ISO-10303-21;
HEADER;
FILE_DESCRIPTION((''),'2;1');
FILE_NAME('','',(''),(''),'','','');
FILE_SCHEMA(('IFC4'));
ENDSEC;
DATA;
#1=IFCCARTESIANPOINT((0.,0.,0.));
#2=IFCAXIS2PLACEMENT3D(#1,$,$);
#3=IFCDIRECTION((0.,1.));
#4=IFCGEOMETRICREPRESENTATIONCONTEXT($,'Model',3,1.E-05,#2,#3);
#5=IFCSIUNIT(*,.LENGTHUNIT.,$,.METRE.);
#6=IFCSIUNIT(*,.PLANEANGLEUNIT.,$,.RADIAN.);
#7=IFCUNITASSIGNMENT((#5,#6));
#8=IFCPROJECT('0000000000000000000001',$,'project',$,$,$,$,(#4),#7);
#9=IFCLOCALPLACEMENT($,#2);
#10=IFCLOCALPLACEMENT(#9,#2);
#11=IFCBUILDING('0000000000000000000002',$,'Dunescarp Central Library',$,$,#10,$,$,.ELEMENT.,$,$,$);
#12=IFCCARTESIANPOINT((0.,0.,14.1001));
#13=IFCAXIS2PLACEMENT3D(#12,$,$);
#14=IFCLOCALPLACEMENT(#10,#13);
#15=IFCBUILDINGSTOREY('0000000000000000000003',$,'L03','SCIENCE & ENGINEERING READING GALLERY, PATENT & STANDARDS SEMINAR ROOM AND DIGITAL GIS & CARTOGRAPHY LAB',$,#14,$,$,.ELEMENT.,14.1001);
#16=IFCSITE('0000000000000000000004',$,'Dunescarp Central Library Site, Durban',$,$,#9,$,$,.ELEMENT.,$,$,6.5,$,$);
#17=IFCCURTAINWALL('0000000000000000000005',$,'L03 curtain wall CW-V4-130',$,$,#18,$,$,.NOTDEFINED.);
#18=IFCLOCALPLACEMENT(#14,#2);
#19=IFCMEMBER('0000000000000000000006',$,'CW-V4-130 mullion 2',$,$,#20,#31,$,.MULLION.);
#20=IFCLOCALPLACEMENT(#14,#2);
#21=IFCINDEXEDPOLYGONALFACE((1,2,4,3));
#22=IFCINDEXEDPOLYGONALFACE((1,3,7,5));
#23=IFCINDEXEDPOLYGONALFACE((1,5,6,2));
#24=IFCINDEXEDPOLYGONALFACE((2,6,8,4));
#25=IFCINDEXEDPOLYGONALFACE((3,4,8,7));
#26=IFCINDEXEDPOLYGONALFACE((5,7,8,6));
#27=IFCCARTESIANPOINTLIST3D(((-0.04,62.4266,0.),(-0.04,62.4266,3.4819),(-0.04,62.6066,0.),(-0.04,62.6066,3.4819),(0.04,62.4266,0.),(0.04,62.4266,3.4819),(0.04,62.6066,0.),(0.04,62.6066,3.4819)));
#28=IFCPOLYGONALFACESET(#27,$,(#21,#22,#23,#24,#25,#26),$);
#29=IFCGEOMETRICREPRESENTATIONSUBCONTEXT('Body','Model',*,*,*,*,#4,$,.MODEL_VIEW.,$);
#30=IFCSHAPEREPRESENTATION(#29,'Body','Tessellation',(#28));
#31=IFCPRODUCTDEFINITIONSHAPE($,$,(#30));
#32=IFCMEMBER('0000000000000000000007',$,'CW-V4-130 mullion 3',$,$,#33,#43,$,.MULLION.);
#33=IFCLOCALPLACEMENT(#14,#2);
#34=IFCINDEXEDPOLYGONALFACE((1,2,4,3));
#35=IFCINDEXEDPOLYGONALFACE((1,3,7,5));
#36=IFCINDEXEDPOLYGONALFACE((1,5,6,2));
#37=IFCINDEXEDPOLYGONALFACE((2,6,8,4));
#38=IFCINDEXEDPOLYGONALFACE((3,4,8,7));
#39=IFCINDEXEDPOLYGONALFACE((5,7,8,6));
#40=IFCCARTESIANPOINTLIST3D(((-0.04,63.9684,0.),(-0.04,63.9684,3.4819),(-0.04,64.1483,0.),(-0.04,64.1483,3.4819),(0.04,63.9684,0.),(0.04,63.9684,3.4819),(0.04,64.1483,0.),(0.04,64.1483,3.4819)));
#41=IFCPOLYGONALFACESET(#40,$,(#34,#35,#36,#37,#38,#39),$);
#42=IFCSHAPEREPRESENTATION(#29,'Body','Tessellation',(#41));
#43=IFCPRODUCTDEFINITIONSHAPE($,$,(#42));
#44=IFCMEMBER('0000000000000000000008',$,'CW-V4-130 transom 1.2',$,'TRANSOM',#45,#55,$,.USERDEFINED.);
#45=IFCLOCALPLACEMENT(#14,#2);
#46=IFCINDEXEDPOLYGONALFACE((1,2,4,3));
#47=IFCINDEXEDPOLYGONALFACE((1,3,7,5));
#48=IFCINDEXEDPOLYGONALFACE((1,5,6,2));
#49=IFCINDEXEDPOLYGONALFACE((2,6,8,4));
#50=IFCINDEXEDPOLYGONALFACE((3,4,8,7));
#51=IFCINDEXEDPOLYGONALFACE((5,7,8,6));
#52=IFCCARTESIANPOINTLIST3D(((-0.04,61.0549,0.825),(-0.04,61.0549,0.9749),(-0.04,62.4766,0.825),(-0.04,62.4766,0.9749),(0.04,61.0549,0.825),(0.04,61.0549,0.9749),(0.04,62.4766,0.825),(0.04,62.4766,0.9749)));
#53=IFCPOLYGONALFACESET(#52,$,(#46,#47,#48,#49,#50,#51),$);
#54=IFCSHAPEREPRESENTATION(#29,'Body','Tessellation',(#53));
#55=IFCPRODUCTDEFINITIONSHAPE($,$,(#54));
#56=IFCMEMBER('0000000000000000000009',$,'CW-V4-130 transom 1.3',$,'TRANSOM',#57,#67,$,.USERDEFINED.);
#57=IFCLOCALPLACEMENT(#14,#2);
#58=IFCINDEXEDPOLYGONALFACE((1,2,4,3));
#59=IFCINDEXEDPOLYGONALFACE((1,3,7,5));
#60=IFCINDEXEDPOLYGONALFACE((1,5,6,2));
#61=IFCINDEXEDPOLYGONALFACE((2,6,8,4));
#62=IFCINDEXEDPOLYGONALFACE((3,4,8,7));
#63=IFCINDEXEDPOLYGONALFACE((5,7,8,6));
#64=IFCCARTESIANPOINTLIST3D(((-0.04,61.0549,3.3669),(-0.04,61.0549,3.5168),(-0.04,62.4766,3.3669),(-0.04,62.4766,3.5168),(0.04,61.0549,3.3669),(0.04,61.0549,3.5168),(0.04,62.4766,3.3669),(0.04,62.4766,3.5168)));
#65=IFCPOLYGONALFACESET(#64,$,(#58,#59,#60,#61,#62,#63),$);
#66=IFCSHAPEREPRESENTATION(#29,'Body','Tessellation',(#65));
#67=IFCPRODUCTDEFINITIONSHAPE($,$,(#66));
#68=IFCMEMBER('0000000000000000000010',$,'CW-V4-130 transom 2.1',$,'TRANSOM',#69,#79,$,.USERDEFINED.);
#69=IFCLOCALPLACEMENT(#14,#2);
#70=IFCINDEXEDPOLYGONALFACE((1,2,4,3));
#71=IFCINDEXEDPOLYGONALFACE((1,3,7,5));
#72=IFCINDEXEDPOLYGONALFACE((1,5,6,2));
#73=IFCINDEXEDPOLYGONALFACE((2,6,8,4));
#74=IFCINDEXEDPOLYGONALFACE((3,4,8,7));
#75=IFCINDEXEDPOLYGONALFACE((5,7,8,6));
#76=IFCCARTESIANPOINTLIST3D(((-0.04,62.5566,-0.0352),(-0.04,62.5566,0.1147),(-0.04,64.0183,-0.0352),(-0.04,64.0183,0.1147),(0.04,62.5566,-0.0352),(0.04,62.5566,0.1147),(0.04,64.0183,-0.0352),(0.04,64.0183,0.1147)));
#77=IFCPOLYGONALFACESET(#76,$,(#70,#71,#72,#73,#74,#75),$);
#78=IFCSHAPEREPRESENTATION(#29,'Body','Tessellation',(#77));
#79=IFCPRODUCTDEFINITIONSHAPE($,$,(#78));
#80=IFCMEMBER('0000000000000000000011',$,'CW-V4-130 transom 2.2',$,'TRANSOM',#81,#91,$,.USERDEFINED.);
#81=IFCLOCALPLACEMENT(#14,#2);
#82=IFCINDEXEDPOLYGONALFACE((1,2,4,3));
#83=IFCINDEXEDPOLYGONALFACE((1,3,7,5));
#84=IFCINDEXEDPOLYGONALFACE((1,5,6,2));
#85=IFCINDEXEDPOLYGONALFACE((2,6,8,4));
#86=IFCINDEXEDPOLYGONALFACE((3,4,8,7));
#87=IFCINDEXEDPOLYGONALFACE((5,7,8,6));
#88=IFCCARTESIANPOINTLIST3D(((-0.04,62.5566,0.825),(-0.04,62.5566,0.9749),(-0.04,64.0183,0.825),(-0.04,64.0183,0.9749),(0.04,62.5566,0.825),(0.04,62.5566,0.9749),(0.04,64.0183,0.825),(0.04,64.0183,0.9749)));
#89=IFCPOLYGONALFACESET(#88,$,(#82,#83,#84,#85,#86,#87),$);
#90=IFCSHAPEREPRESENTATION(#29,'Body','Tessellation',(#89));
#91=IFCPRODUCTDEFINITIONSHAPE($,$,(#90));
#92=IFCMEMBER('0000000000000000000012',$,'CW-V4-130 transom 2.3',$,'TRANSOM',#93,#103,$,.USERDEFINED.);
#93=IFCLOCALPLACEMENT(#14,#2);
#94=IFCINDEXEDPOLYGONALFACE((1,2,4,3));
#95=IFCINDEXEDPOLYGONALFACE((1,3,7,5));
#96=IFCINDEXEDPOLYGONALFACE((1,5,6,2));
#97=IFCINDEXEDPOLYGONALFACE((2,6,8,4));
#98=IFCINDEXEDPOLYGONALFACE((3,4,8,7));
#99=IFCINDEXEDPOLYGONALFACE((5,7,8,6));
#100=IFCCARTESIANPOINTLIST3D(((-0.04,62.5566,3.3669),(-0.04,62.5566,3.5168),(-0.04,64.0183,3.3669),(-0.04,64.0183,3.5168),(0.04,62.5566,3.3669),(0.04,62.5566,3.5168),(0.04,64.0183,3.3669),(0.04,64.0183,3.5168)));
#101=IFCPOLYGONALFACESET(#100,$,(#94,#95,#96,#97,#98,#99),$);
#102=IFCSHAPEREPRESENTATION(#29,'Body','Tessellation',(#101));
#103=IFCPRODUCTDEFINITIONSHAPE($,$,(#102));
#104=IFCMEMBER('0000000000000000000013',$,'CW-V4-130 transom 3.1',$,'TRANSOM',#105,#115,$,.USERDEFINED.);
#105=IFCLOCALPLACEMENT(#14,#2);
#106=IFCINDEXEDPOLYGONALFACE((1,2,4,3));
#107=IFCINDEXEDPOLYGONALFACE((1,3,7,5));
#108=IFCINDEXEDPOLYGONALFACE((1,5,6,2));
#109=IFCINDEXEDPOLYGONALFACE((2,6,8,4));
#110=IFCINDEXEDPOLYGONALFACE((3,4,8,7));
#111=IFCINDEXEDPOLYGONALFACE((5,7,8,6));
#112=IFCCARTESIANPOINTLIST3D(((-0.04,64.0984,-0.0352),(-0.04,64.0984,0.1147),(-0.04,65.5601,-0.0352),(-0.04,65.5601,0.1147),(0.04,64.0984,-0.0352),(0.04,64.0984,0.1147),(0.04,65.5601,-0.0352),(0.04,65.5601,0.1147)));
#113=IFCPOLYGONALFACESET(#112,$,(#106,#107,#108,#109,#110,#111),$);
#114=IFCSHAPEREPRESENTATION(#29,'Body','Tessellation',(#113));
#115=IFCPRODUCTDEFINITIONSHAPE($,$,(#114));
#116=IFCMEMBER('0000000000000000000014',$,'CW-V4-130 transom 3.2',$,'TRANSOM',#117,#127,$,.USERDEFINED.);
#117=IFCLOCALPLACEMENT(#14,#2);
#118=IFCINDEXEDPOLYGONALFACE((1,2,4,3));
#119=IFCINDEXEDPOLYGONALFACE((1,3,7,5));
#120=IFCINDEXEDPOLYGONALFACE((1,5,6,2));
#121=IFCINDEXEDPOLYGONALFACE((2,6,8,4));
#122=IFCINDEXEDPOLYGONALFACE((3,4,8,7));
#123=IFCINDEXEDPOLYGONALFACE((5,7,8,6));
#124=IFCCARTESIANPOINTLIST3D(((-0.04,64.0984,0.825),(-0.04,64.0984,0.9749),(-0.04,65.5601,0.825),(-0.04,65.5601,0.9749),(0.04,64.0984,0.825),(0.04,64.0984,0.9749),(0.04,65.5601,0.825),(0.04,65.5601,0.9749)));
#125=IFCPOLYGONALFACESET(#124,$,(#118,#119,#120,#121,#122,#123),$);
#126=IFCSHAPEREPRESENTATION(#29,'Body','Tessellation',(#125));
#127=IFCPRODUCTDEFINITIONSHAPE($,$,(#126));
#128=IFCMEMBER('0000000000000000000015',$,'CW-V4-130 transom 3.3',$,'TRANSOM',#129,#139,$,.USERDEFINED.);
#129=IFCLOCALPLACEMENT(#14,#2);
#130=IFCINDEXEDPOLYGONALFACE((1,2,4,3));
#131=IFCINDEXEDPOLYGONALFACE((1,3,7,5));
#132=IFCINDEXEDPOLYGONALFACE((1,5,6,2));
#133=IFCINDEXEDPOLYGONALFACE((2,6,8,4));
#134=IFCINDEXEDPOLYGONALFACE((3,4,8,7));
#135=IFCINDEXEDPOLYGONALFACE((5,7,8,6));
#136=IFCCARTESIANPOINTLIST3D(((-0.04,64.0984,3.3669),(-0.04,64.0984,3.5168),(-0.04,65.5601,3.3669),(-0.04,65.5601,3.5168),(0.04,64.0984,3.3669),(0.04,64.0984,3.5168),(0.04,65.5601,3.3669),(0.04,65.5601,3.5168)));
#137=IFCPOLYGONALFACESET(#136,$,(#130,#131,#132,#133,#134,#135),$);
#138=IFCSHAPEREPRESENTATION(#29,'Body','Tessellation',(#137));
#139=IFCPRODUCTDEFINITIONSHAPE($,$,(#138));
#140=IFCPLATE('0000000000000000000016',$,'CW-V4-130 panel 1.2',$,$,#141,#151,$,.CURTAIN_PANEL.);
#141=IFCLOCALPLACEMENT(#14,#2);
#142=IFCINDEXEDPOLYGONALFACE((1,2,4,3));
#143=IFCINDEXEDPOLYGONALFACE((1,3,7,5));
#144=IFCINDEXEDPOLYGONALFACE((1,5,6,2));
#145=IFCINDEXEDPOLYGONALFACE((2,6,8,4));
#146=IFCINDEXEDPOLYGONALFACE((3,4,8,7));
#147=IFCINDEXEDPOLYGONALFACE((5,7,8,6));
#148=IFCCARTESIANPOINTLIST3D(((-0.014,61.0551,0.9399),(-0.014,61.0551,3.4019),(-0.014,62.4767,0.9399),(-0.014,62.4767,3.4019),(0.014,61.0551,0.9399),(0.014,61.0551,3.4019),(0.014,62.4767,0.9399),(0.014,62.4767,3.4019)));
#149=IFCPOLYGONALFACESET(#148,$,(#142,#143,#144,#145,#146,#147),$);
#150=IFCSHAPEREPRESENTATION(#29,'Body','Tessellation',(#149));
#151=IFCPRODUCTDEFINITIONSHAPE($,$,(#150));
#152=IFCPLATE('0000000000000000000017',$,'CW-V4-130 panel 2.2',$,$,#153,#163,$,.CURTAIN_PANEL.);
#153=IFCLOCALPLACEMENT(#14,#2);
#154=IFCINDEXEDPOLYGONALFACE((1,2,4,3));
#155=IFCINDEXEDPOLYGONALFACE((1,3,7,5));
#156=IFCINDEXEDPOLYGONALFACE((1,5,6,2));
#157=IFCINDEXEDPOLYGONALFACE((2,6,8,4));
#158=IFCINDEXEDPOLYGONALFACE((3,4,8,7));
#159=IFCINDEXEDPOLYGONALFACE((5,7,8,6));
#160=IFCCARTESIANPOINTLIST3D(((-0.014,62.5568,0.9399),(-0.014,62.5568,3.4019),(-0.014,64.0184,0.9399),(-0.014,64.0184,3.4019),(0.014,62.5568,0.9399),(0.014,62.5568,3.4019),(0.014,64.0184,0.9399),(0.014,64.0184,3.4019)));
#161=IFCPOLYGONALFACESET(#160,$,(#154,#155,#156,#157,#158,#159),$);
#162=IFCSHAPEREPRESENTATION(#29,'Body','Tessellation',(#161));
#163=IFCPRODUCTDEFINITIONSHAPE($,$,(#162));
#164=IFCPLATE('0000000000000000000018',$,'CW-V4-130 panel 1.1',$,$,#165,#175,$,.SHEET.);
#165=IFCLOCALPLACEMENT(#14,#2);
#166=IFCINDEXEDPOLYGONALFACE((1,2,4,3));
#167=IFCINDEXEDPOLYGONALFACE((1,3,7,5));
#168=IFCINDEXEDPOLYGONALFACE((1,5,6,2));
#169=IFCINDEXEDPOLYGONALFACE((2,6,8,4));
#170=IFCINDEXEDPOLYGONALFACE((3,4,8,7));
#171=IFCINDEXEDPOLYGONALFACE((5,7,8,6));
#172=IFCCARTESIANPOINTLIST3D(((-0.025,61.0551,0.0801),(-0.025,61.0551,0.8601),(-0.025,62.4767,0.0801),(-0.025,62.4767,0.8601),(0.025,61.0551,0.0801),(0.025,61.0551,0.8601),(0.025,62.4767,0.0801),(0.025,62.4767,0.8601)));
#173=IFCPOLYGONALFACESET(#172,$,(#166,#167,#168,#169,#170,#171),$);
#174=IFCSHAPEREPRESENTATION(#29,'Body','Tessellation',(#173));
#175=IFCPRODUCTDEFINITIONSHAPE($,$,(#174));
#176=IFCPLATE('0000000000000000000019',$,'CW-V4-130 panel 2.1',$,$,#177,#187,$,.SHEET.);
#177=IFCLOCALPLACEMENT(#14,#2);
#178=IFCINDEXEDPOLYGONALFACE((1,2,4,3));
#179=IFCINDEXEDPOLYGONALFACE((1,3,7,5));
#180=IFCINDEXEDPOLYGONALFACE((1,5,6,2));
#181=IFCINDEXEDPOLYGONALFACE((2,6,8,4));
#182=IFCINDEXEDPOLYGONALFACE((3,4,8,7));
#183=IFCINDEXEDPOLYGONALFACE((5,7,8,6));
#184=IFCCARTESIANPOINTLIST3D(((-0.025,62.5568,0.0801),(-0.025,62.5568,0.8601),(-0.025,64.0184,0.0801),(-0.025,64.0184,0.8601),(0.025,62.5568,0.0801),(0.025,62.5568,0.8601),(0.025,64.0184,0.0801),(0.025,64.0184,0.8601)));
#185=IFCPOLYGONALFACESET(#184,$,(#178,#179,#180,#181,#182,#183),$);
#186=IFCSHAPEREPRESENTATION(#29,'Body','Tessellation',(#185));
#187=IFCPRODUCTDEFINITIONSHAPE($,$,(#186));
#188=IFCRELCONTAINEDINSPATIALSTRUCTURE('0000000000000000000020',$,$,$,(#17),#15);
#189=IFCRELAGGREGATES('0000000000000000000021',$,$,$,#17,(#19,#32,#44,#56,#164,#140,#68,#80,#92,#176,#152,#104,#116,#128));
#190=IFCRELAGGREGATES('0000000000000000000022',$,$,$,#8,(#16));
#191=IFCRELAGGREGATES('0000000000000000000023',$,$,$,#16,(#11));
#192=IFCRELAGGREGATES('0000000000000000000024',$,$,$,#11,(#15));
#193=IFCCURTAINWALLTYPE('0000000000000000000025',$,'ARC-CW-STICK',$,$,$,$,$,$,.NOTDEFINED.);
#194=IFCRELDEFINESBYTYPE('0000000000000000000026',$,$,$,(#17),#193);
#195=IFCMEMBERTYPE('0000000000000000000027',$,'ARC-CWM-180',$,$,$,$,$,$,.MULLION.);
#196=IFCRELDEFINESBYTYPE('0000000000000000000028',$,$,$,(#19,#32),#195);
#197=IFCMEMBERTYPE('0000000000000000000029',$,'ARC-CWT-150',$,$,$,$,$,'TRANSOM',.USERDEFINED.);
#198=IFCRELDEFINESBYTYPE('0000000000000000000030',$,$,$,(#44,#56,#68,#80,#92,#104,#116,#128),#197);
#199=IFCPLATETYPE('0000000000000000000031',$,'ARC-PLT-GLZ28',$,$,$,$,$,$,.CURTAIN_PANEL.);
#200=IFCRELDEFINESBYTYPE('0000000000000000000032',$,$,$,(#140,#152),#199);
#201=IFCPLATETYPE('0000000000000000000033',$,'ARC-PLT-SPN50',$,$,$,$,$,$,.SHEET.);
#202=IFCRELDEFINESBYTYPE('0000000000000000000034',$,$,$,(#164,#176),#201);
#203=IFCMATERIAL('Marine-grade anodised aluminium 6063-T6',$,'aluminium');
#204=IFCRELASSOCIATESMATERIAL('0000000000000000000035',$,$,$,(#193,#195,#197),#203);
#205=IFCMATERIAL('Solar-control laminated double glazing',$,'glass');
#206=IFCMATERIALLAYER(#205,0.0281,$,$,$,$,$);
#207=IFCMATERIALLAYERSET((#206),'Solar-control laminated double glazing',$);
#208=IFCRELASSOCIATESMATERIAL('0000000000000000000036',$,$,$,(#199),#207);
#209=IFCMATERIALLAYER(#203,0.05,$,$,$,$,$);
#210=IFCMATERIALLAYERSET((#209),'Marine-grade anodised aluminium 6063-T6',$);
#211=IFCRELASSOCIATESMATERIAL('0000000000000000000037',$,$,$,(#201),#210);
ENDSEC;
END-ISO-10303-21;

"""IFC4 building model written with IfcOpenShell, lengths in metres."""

from ifc_helpers import new_model, si_unit, direction, frame, origin, origin_2d, place, context, subcontext, project, spatial, rectangle, extrude, material, layer, layer_set, material_profile, profile_set, type_object, element, aggregate, save


model = new_model("IFC4")

# Units and contexts
model_context = context("Model", 3, precision=1e-05, world=origin(), true_north=direction((0.0, 1.0)))
body_context = subcontext(model_context, "Body", "Model", "MODEL_VIEW")
ifc_project = project(units=[si_unit("LENGTHUNIT", "METRE"), si_unit("PLANEANGLEUNIT", "RADIAN")], contexts=[model_context])

# Site, building, storey
site_placement = place(None, origin())
site = spatial("IfcSite", under=ifc_project, at=site_placement, Name="Dunescarp Central Library Site, Durban", CompositionType="ELEMENT", RefElevation=6.5)
building_placement = place(site_placement, origin())
building = spatial("IfcBuilding", under=site, at=building_placement, Name="Dunescarp Central Library", CompositionType="ELEMENT")
storey_placement = place(building_placement, frame((0.0, 0.0, 14.1001)))
storey = spatial("IfcBuildingStorey", under=building, at=storey_placement, Name="L03", Description="SCIENCE & ENGINEERING READING GALLERY, PATENT & STANDARDS SEMINAR ROOM AND DIGITAL GIS & CARTOGRAPHY LAB", CompositionType="ELEMENT", Elevation=14.1001)

# Curtain wall, members, plates
ifc_material_1 = material(Name="Marine-grade anodised aluminium 6063-T6", Category="aluminium")
curtain_wall_type = type_object("IfcCurtainWallType", Name="ARC-CW-STICK", PredefinedType="NOTDEFINED", material=ifc_material_1)
curtain_wall_placement = place(storey_placement, origin())
curtain_wall = element("IfcCurtainWall", 1, at=curtain_wall_placement, inside=storey, type_object=curtain_wall_type, Name="L03 curtain wall CW-V4-130", PredefinedType="NOTDEFINED")
ifc_material_profile_1 = material_profile(ifc_material_1, rectangle(XDim=0.0801, YDim=0.1799, at=origin_2d()), Name="AL 80x180")
ifc_profile_set_1 = profile_set([ifc_material_profile_1], Name="Marine-grade anodised aluminium 6063-T6")
member_type_1 = type_object("IfcMemberType", Name="ARC-CWM-180", PredefinedType="MULLION", material=ifc_profile_set_1)
member_1_placement = place(storey_placement, frame((0.0, 62.5166, 0.0), z_axis=(0.0, 0.0, 1.0), x_axis=(-1.0, 0.0, 0.0)))
member_1 = element("IfcMember", 2, at=member_1_placement, type_object=member_type_1, Name="CW-V4-130 mullion 2", PredefinedType="MULLION", context=body_context, shape_type="SweptSolid", body=[
    extrude(rectangle(XDim=0.0801, YDim=0.1799, at=origin_2d()), origin(), (0.0, 0.0, 1.0), 3.4819),
])
member_2_placement = place(storey_placement, frame((0.0, 64.0583, 0.0), z_axis=(0.0, 0.0, 1.0), x_axis=(-1.0, 0.0, 0.0)))
member_2 = element("IfcMember", 3, at=member_2_placement, type_object=member_type_1, Name="CW-V4-130 mullion 3", PredefinedType="MULLION", context=body_context, shape_type="SweptSolid", body=[
    extrude(rectangle(XDim=0.0801, YDim=0.1799, at=origin_2d()), origin(), (0.0, 0.0, 1.0), 3.4819),
])
ifc_material_profile_2 = material_profile(ifc_material_1, rectangle(XDim=0.0801, YDim=0.1499, at=origin_2d()), Name="AL 80x150")
ifc_profile_set_2 = profile_set([ifc_material_profile_2], Name="Marine-grade anodised aluminium 6063-T6")
member_type_2 = type_object("IfcMemberType", Name="ARC-CWT-150", ElementType="TRANSOM", PredefinedType="USERDEFINED", material=ifc_profile_set_2)
member_3_placement = place(storey_placement, frame((0.0, 61.0549, 0.8999), z_axis=(0.0, 1.0, 0.0), x_axis=(-1.0, 0.0, 0.0)))
member_3 = element("IfcMember", 4, at=member_3_placement, type_object=member_type_2, Name="CW-V4-130 transom 1.2", ObjectType="TRANSOM", PredefinedType="USERDEFINED", context=body_context, shape_type="SweptSolid", body=[
    extrude(rectangle(XDim=0.0801, YDim=0.1499, at=origin_2d()), origin(), (0.0, 0.0, 1.0), 1.4216),
])
member_4_placement = place(storey_placement, frame((0.0, 61.0549, 3.4419), z_axis=(0.0, 1.0, 0.0), x_axis=(-1.0, 0.0, 0.0)))
member_4 = element("IfcMember", 5, at=member_4_placement, type_object=member_type_2, Name="CW-V4-130 transom 1.3", ObjectType="TRANSOM", PredefinedType="USERDEFINED", context=body_context, shape_type="SweptSolid", body=[
    extrude(rectangle(XDim=0.0801, YDim=0.1499, at=origin_2d()), origin(), (0.0, 0.0, 1.0), 1.4216),
])
member_5_placement = place(storey_placement, frame((0.0, 62.5566, 0.0398), z_axis=(0.0, 1.0, 0.0), x_axis=(-1.0, 0.0, 0.0)))
member_5 = element("IfcMember", 6, at=member_5_placement, type_object=member_type_2, Name="CW-V4-130 transom 2.1", ObjectType="TRANSOM", PredefinedType="USERDEFINED", context=body_context, shape_type="SweptSolid", body=[
    extrude(rectangle(XDim=0.0801, YDim=0.1499, at=origin_2d()), origin(), (0.0, 0.0, 1.0), 1.4617),
])
member_6_placement = place(storey_placement, frame((0.0, 62.5566, 0.8999), z_axis=(0.0, 1.0, 0.0), x_axis=(-1.0, 0.0, 0.0)))
member_6 = element("IfcMember", 7, at=member_6_placement, type_object=member_type_2, Name="CW-V4-130 transom 2.2", ObjectType="TRANSOM", PredefinedType="USERDEFINED", context=body_context, shape_type="SweptSolid", body=[
    extrude(rectangle(XDim=0.0801, YDim=0.1499, at=origin_2d()), origin(), (0.0, 0.0, 1.0), 1.4617),
])
member_7_placement = place(storey_placement, frame((0.0, 62.5566, 3.4419), z_axis=(0.0, 1.0, 0.0), x_axis=(-1.0, 0.0, 0.0)))
member_7 = element("IfcMember", 8, at=member_7_placement, type_object=member_type_2, Name="CW-V4-130 transom 2.3", ObjectType="TRANSOM", PredefinedType="USERDEFINED", context=body_context, shape_type="SweptSolid", body=[
    extrude(rectangle(XDim=0.0801, YDim=0.1499, at=origin_2d()), origin(), (0.0, 0.0, 1.0), 1.4617),
])
member_8_placement = place(storey_placement, frame((0.0, 64.0984, 0.0398), z_axis=(0.0, 1.0, 0.0), x_axis=(-1.0, 0.0, 0.0)))
member_8 = element("IfcMember", 9, at=member_8_placement, type_object=member_type_2, Name="CW-V4-130 transom 3.1", ObjectType="TRANSOM", PredefinedType="USERDEFINED", context=body_context, shape_type="SweptSolid", body=[
    extrude(rectangle(XDim=0.0801, YDim=0.1499, at=origin_2d()), origin(), (0.0, 0.0, 1.0), 1.4617),
])
member_9_placement = place(storey_placement, frame((0.0, 64.0984, 0.8999), z_axis=(0.0, 1.0, 0.0), x_axis=(-1.0, 0.0, 0.0)))
member_9 = element("IfcMember", 10, at=member_9_placement, type_object=member_type_2, Name="CW-V4-130 transom 3.2", ObjectType="TRANSOM", PredefinedType="USERDEFINED", context=body_context, shape_type="SweptSolid", body=[
    extrude(rectangle(XDim=0.0801, YDim=0.1499, at=origin_2d()), origin(), (0.0, 0.0, 1.0), 1.4617),
])
member_10_placement = place(storey_placement, frame((0.0, 64.0984, 3.4419), z_axis=(0.0, 1.0, 0.0), x_axis=(-1.0, 0.0, 0.0)))
member_10 = element("IfcMember", 11, at=member_10_placement, type_object=member_type_2, Name="CW-V4-130 transom 3.3", ObjectType="TRANSOM", PredefinedType="USERDEFINED", context=body_context, shape_type="SweptSolid", body=[
    extrude(rectangle(XDim=0.0801, YDim=0.1499, at=origin_2d()), origin(), (0.0, 0.0, 1.0), 1.4617),
])
ifc_material_2 = material(Name="Solar-control laminated double glazing", Category="glass")
ifc_layer_1 = layer(ifc_material_2, 0.0281)
ifc_layer_set_1 = layer_set([ifc_layer_1], Name="Solar-control laminated double glazing")
plate_type_1 = type_object("IfcPlateType", Name="ARC-PLT-GLZ28", PredefinedType="CURTAIN_PANEL", material=ifc_layer_set_1)
plate_1_placement = place(storey_placement, frame((0.0, 61.7659, 0.9399), z_axis=(0.0, 0.0, 1.0), x_axis=(0.0, 1.0, 0.0)))
plate_1 = element("IfcPlate", 12, at=plate_1_placement, type_object=plate_type_1, Name="CW-V4-130 panel 1.2", PredefinedType="CURTAIN_PANEL", context=body_context, shape_type="SweptSolid", body=[
    extrude(rectangle(XDim=1.4216, YDim=0.0281, at=origin_2d()), origin(), (0.0, 0.0, 1.0), 2.4619),
])
plate_2_placement = place(storey_placement, frame((0.0, 63.2876, 0.9399), z_axis=(0.0, 0.0, 1.0), x_axis=(0.0, 1.0, 0.0)))
plate_2 = element("IfcPlate", 13, at=plate_2_placement, type_object=plate_type_1, Name="CW-V4-130 panel 2.2", PredefinedType="CURTAIN_PANEL", context=body_context, shape_type="SweptSolid", body=[
    extrude(rectangle(XDim=1.4617, YDim=0.0281, at=origin_2d()), origin(), (0.0, 0.0, 1.0), 2.4619),
])
ifc_layer_2 = layer(ifc_material_1, 0.05)
ifc_layer_set_2 = layer_set([ifc_layer_2], Name="Marine-grade anodised aluminium 6063-T6")
plate_type_2 = type_object("IfcPlateType", Name="ARC-PLT-SPN50", PredefinedType="SHEET", material=ifc_layer_set_2)
plate_3_placement = place(storey_placement, frame((0.0, 61.7659, 0.0801), z_axis=(0.0, 0.0, 1.0), x_axis=(0.0, 1.0, 0.0)))
plate_3 = element("IfcPlate", 14, at=plate_3_placement, type_object=plate_type_2, Name="CW-V4-130 panel 1.1", PredefinedType="SHEET", context=body_context, shape_type="SweptSolid", body=[
    extrude(rectangle(XDim=1.4216, YDim=0.05, at=origin_2d()), origin(), (0.0, 0.0, 1.0), 0.78),
])
plate_4_placement = place(storey_placement, frame((0.0, 63.2876, 0.0801), z_axis=(0.0, 0.0, 1.0), x_axis=(0.0, 1.0, 0.0)))
plate_4 = element("IfcPlate", 15, at=plate_4_placement, type_object=plate_type_2, Name="CW-V4-130 panel 2.1", PredefinedType="SHEET", context=body_context, shape_type="SweptSolid", body=[
    extrude(rectangle(XDim=1.4617, YDim=0.05, at=origin_2d()), origin(), (0.0, 0.0, 1.0), 0.78),
])
aggregate(curtain_wall, [member_1, member_2, member_3, member_4, plate_3, plate_1, member_5, member_6, member_7, plate_4, plate_2, member_8, member_9, member_10])

save(model, "model.ifc")
